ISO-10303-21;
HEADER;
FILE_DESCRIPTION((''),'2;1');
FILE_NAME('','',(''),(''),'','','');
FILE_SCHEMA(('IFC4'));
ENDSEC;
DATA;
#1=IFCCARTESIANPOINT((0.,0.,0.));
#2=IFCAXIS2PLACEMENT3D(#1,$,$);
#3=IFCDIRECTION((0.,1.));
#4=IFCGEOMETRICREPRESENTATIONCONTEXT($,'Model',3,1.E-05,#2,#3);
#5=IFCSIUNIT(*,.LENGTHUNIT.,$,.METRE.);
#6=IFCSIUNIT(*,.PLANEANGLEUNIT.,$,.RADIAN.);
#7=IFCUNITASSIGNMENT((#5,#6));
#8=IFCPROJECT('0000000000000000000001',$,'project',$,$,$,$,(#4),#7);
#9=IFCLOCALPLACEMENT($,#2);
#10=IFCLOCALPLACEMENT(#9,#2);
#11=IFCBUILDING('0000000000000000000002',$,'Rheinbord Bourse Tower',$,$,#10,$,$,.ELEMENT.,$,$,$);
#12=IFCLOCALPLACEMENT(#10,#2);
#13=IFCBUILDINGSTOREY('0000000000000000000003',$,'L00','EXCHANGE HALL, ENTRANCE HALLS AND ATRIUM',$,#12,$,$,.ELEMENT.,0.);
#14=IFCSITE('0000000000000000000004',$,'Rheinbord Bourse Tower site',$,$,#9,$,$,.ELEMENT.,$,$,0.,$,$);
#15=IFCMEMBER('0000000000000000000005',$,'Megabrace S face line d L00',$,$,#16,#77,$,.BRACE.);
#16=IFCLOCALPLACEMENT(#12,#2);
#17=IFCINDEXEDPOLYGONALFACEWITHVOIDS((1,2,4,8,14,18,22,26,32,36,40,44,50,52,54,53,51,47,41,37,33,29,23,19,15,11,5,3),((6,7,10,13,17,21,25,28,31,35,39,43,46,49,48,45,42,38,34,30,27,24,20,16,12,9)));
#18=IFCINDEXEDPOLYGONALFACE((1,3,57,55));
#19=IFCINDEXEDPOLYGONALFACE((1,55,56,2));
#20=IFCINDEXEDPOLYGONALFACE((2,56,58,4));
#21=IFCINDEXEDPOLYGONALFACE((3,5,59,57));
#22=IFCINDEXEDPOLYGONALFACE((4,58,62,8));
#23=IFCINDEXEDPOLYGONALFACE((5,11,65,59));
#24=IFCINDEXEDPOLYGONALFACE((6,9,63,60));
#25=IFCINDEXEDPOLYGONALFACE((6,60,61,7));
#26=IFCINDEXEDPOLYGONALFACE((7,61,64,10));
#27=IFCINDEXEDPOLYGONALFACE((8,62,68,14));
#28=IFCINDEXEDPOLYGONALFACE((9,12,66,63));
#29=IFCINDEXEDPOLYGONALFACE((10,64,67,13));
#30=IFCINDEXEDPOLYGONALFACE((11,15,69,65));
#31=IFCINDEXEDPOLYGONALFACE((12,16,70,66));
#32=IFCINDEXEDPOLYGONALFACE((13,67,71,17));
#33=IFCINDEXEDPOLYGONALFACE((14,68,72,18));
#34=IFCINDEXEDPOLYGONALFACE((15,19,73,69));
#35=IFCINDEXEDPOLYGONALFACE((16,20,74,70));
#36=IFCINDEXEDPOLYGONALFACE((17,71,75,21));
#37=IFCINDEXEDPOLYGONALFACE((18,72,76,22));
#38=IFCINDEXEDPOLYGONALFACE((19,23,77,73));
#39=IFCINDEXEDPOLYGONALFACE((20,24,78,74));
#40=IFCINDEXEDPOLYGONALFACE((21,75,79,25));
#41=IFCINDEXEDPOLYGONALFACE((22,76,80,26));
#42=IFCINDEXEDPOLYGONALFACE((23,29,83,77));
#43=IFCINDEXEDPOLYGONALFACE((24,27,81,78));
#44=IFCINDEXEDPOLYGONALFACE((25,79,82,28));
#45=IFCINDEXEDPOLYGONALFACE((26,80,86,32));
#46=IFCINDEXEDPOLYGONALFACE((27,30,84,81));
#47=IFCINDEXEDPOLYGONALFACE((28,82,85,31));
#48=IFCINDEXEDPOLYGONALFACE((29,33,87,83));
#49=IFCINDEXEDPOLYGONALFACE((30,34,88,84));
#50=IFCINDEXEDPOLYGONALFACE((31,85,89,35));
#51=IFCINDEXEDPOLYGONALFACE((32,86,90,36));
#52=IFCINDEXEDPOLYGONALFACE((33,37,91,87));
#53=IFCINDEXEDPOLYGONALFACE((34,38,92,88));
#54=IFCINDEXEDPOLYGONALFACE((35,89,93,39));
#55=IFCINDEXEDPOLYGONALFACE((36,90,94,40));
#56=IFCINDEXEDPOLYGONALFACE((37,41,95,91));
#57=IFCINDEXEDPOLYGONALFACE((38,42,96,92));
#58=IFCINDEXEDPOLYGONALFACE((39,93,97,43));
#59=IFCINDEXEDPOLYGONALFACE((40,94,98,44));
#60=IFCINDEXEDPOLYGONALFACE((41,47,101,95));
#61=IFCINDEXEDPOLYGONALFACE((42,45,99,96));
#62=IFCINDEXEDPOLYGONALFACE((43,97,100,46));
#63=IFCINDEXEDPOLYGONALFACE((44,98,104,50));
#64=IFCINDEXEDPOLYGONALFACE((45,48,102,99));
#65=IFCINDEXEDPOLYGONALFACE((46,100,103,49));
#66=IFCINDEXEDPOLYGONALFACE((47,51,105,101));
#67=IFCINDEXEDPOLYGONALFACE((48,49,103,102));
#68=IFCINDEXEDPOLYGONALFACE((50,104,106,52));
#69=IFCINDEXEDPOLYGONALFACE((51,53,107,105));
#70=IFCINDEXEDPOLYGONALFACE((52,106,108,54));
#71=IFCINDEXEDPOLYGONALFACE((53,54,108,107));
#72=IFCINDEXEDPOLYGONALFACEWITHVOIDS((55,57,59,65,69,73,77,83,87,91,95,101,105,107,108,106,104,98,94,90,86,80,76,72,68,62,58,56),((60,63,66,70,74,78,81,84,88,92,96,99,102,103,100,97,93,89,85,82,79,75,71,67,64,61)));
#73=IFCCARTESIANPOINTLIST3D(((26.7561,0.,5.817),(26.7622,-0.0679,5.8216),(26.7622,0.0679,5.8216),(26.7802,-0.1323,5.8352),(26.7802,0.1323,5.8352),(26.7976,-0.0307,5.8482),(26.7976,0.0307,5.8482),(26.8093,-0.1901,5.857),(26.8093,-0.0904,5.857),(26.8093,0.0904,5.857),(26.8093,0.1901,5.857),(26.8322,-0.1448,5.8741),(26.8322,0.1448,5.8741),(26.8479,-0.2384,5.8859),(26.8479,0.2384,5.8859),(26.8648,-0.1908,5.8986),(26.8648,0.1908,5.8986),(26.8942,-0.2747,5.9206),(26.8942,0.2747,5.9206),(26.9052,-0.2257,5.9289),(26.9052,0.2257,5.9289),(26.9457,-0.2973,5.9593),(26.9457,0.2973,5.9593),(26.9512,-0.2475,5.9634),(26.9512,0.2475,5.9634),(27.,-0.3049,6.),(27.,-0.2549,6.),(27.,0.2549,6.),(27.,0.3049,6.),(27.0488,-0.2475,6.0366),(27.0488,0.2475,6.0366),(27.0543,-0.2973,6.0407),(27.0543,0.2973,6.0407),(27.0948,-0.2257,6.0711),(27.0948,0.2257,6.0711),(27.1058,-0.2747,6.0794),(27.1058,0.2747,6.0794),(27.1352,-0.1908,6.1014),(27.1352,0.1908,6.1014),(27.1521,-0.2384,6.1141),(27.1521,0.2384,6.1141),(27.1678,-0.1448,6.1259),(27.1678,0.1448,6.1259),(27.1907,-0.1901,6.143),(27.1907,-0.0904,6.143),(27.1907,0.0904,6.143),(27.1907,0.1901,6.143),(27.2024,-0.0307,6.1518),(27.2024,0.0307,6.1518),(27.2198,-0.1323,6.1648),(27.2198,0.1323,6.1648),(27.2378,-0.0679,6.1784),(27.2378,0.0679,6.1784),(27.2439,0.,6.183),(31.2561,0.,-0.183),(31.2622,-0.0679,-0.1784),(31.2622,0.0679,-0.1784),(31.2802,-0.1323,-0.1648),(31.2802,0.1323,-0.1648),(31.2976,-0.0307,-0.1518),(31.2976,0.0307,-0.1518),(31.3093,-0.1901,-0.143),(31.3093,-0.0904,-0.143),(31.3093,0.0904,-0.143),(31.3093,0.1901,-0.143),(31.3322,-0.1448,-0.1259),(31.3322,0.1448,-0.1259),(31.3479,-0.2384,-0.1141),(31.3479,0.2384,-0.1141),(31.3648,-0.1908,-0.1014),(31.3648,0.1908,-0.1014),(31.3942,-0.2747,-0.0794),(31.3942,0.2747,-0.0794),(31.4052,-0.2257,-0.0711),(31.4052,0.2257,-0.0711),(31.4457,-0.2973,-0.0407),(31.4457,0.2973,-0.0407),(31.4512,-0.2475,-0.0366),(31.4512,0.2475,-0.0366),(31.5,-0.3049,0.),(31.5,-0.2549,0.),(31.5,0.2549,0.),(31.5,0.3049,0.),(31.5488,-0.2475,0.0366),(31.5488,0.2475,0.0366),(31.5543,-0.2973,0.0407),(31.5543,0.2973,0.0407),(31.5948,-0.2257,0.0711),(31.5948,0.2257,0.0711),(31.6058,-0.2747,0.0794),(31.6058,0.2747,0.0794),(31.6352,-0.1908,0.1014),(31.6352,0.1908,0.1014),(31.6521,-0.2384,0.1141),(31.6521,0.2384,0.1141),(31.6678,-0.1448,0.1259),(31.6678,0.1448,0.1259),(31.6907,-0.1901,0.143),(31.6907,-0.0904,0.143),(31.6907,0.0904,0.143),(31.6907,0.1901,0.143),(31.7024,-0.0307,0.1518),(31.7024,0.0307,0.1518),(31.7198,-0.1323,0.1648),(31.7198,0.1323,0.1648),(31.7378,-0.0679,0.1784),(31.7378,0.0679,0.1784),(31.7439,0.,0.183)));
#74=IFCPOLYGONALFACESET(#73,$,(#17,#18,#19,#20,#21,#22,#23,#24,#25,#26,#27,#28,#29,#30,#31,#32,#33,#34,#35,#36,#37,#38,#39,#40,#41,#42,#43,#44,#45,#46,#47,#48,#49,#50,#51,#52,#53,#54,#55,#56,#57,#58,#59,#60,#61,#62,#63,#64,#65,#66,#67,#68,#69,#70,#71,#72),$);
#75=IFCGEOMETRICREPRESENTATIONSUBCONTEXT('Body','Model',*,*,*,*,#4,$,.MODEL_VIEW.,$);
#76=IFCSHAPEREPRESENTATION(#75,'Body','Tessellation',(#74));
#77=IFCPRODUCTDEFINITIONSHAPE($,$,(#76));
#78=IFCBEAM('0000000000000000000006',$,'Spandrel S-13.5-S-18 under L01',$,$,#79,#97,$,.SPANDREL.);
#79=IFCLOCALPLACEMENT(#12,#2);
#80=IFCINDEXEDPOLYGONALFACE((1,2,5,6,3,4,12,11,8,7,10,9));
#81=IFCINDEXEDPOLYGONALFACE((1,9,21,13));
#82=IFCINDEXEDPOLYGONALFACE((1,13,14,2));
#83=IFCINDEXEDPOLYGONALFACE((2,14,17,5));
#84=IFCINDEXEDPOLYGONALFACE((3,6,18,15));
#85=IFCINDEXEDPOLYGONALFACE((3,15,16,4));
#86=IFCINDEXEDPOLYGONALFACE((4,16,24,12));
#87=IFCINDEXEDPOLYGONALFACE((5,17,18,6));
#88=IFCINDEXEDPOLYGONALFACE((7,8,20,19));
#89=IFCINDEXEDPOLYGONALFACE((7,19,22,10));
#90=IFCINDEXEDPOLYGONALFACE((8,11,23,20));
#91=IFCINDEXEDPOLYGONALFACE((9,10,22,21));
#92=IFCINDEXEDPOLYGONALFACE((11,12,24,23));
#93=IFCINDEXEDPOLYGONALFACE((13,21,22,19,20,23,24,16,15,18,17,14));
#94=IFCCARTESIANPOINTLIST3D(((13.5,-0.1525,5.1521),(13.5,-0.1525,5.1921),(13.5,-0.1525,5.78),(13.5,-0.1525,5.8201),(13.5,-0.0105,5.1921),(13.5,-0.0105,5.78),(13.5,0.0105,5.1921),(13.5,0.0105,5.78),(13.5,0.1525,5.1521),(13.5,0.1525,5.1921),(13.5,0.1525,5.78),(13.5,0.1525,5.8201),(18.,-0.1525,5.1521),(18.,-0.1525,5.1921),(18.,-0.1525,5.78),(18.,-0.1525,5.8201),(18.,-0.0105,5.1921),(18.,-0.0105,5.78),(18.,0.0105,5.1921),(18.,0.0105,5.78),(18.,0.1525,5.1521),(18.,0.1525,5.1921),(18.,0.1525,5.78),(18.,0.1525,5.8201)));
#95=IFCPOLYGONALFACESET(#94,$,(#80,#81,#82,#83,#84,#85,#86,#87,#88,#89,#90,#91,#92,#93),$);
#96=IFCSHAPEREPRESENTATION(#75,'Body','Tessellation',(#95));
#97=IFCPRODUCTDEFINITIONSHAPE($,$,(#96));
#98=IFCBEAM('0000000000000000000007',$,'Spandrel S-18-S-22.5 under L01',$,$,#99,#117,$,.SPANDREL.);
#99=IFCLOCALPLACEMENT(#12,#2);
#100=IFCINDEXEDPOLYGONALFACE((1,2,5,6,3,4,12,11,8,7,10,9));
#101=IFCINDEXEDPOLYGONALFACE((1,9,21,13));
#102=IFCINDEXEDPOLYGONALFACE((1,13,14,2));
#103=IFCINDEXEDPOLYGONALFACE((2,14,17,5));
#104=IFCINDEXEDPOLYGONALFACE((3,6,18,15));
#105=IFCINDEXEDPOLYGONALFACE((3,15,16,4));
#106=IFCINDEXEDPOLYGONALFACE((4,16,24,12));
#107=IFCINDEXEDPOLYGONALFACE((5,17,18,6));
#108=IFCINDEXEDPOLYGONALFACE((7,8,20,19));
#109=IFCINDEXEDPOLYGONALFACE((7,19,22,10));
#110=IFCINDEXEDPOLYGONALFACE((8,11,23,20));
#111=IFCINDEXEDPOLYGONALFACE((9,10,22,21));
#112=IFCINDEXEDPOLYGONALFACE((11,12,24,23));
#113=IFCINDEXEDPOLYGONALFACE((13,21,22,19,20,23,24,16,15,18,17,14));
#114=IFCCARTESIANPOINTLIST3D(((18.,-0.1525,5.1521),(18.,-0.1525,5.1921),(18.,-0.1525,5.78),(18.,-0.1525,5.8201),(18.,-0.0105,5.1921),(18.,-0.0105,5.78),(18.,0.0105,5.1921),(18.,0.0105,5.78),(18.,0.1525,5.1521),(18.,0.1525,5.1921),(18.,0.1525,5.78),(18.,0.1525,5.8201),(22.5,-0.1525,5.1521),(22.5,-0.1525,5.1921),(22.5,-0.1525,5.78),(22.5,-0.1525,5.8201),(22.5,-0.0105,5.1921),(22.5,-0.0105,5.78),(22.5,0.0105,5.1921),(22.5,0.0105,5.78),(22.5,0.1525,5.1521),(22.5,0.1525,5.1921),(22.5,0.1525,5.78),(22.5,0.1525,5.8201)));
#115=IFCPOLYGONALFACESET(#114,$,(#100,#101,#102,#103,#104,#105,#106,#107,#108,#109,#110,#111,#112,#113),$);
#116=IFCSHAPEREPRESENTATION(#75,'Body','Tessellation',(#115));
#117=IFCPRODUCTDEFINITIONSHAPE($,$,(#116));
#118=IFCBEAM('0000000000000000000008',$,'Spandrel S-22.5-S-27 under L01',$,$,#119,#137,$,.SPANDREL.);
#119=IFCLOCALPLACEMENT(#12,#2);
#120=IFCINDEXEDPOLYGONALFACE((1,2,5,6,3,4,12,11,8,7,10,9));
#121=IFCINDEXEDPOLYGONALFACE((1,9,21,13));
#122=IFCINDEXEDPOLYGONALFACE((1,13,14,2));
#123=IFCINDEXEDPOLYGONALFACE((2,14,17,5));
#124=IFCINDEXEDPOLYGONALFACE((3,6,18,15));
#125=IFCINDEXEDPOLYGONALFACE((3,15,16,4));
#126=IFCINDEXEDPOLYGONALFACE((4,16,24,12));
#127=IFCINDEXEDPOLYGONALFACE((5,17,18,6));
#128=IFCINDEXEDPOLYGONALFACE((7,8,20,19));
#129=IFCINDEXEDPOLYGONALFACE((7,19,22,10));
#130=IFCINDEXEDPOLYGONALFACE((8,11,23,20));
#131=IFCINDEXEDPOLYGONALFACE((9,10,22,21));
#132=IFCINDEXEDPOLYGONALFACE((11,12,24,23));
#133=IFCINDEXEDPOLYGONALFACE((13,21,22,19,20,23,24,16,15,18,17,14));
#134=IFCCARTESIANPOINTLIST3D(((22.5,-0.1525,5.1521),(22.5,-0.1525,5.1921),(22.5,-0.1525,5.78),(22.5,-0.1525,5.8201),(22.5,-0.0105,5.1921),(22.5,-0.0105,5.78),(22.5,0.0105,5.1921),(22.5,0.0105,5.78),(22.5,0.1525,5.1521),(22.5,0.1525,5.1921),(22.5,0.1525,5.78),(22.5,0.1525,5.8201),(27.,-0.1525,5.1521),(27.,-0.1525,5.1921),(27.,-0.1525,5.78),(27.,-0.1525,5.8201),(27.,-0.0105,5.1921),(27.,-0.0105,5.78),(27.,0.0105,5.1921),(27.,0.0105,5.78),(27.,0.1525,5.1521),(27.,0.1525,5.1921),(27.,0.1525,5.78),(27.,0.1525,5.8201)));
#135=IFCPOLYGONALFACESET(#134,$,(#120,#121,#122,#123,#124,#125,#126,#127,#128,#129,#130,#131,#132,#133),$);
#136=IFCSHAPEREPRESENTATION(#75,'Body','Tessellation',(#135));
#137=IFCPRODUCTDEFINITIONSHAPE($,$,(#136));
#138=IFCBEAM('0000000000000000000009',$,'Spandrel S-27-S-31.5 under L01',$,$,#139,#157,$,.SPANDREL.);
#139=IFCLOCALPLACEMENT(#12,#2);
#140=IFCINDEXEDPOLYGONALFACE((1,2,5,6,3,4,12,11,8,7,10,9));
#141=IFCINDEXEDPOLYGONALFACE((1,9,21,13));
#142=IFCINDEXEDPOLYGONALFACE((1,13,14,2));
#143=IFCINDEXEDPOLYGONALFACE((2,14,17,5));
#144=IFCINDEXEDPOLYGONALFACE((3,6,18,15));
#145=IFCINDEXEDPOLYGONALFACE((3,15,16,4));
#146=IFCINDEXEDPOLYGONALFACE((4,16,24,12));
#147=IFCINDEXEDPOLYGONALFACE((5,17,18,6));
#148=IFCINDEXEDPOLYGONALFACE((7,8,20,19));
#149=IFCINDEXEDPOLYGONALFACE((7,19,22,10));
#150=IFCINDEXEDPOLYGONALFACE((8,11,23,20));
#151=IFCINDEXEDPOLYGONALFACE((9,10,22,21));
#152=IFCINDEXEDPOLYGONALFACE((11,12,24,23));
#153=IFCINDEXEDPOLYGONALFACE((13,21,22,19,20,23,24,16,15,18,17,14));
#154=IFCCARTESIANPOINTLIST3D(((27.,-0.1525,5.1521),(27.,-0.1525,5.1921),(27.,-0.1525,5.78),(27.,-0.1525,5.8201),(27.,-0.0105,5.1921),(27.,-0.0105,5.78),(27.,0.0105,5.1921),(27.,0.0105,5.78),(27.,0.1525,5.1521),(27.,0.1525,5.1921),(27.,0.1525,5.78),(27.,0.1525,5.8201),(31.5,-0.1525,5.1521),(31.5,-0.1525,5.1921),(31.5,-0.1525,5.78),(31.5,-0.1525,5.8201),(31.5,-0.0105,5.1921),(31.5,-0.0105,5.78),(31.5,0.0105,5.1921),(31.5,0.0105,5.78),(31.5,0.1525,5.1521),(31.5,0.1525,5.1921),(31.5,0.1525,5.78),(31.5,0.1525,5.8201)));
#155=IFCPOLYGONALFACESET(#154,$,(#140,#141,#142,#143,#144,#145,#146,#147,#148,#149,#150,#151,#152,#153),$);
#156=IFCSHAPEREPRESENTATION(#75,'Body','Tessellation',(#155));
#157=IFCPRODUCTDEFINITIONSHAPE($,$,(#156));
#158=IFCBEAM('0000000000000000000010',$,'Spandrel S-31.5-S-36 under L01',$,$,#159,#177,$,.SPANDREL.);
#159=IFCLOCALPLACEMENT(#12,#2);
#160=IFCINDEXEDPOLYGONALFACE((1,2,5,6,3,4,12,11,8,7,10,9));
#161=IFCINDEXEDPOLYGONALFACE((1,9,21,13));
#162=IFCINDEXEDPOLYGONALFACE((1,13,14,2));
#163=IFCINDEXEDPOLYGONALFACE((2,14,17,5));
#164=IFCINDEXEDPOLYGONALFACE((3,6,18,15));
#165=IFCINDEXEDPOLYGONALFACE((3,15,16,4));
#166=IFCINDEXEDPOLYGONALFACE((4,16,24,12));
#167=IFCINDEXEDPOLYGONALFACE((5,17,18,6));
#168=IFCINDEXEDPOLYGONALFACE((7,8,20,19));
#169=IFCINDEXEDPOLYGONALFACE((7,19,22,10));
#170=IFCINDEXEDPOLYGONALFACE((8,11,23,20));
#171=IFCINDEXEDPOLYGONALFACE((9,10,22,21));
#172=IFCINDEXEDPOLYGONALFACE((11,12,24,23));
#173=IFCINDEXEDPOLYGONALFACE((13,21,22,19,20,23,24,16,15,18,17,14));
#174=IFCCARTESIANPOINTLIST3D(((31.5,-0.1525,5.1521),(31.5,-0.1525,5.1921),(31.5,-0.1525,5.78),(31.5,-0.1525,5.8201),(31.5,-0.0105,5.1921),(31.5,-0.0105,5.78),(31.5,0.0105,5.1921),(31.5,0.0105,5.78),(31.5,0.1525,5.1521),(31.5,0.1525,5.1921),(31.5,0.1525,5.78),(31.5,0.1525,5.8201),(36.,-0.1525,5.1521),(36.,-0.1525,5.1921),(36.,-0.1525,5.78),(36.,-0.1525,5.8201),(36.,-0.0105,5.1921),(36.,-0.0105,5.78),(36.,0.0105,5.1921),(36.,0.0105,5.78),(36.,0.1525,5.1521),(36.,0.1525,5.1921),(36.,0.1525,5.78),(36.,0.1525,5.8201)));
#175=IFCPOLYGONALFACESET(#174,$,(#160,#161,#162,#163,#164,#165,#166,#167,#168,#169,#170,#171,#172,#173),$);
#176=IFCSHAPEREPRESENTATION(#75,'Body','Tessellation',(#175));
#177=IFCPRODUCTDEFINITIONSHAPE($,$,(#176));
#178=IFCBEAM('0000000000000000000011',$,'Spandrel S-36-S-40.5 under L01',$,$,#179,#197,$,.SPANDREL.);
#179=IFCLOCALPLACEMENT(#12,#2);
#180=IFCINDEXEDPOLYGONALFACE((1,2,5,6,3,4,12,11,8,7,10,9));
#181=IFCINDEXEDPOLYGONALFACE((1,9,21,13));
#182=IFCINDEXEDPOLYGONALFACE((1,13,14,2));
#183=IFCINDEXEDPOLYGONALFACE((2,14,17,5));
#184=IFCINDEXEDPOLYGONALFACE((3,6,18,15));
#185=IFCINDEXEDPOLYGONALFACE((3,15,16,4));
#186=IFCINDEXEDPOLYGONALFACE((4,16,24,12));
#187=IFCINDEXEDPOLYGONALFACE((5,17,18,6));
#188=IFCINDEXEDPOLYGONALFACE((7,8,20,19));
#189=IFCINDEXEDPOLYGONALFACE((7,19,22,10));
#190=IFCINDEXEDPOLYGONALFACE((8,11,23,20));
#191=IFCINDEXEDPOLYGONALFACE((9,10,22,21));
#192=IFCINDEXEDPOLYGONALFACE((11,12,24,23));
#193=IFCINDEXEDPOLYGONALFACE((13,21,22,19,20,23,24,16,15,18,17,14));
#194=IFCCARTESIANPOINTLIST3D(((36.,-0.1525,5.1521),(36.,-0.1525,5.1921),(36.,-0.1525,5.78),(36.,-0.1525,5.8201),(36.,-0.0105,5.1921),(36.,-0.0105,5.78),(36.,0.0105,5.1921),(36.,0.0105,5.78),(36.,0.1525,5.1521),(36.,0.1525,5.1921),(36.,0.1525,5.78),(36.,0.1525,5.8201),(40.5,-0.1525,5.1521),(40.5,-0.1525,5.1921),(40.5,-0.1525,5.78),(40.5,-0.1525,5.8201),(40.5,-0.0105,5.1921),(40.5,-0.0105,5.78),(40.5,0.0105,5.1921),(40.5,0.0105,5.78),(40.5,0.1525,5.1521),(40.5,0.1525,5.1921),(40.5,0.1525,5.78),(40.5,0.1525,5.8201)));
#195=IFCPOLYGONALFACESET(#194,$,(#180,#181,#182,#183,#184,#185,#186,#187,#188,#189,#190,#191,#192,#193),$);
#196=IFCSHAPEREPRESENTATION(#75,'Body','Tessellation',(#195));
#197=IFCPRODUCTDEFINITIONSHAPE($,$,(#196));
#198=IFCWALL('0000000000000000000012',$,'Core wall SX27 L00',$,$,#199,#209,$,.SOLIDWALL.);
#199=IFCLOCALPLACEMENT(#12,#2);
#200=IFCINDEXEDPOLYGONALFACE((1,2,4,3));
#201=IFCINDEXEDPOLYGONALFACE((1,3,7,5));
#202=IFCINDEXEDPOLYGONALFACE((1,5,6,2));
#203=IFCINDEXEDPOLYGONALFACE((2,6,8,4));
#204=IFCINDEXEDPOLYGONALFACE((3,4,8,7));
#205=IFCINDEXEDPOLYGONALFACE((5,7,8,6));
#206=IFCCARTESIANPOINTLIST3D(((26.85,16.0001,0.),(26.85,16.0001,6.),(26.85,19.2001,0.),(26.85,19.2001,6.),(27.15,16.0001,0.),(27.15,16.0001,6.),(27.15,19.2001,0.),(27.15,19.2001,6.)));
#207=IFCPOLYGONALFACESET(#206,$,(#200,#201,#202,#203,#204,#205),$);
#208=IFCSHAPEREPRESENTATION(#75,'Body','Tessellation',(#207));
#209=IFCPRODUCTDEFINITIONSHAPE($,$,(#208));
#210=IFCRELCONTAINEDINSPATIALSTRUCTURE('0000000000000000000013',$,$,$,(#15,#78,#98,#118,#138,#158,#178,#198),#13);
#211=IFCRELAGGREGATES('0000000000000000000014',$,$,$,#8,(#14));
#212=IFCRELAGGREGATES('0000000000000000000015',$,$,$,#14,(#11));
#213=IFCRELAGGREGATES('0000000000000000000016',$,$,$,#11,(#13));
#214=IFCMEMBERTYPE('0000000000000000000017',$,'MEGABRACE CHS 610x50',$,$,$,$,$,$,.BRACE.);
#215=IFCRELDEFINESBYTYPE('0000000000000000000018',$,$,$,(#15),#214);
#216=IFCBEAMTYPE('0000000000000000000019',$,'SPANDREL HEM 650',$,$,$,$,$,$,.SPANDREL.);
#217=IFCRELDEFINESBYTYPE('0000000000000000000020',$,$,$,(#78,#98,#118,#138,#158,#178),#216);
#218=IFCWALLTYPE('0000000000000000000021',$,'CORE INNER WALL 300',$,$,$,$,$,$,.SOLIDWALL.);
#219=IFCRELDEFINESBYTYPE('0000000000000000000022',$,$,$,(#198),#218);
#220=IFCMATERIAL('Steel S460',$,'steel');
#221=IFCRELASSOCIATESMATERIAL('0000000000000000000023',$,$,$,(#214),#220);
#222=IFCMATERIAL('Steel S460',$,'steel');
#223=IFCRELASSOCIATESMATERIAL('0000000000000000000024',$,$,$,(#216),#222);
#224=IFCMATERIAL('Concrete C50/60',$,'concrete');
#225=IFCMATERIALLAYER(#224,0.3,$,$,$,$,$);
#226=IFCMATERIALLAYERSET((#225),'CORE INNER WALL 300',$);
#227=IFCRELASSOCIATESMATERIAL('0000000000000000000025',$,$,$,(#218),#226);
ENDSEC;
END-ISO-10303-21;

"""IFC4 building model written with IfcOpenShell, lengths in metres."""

from ifc_helpers import new_model, si_unit, direction, frame, frame_2d, origin, origin_2d, place, context, subcontext, project, spatial, rectangle, hollow_circle, i_section, extrude, material, layer, layer_set, material_profile, profile_set, type_object, element, save


model = new_model("IFC4")

# Units and contexts
model_context = context("Model", 3, precision=1e-05, world=origin(), true_north=direction((0.0, 1.0)))
body_context = subcontext(model_context, "Body", "Model", "MODEL_VIEW")
ifc_project = project(units=[si_unit("LENGTHUNIT", "METRE"), si_unit("PLANEANGLEUNIT", "RADIAN")], contexts=[model_context])

# Site, building, storey
site_placement = place(None, origin())
site = spatial("IfcSite", under=ifc_project, at=site_placement, Name="Rheinbord Bourse Tower site", CompositionType="ELEMENT", RefElevation=0.0)
building_placement = place(site_placement, origin())
building = spatial("IfcBuilding", under=site, at=building_placement, Name="Rheinbord Bourse Tower", CompositionType="ELEMENT")
storey_placement = place(building_placement, origin())
storey = spatial("IfcBuildingStorey", under=building, at=storey_placement, Name="L00", Description="EXCHANGE HALL, ENTRANCE HALLS AND ATRIUM", CompositionType="ELEMENT", Elevation=0.0)

# Member
ifc_material_1 = material(Name="Steel S460", Category="steel")
ifc_material_profile_1 = material_profile(ifc_material_1, hollow_circle(Radius=0.3049, WallThickness=0.05, at=origin_2d()), Name="CHS 610x50")
ifc_profile_set_1 = profile_set([ifc_material_profile_1], Name="Steel S460")
member_type = type_object("IfcMemberType", Name="MEGABRACE CHS 610x50", PredefinedType="BRACE", material=ifc_profile_set_1)
member_placement = place(storey_placement, frame((31.5, 0.0, 0.0), z_axis=(-0.6, 0.0, 0.8), x_axis=(0.0, -1.0, 0.0)))
element("IfcMember", 1, at=member_placement, inside=storey, type_object=member_type, Name="Megabrace S face line d L00", PredefinedType="BRACE", context=body_context, shape_type="SweptSolid", body=[
    extrude(hollow_circle(Radius=0.3049, WallThickness=0.05, at=origin_2d()), origin(), (0.0, 0.0, 1.0), 7.5),
])

# Beams
ifc_material_2 = material(Name="Steel S460", Category="steel")
ifc_material_profile_2 = material_profile(ifc_material_2, i_section(OverallWidth=0.3049, OverallDepth=0.668, WebThickness=0.021, FlangeThickness=0.04, at=origin_2d()), Name="HEM 650")
ifc_profile_set_2 = profile_set([ifc_material_profile_2], Name="Steel S460")
beam_type_1 = type_object("IfcBeamType", Name="SPANDREL HEM 650", PredefinedType="SPANDREL", material=ifc_profile_set_2)
for number, where, z_axis, x_axis, name in (
    (2, (13.5, 0.0, 5.4861), (1.0, 0.0, 0.0), (0.0, 1.0, 0.0), "Spandrel S-13.5-S-18 under L01"),
    (3, (18.0, 0.0, 5.4861), (1.0, 0.0, 0.0), (0.0, 1.0, 0.0), "Spandrel S-18-S-22.5 under L01"),
    (4, (22.5, 0.0, 5.4861), (1.0, 0.0, 0.0), (0.0, 1.0, 0.0), "Spandrel S-22.5-S-27 under L01"),
    (5, (27.0, 0.0, 5.4861), (1.0, 0.0, 0.0), (0.0, 1.0, 0.0), "Spandrel S-27-S-31.5 under L01"),
    (6, (31.5, 0.0, 5.4861), (1.0, 0.0, 0.0), (0.0, 1.0, 0.0), "Spandrel S-31.5-S-36 under L01"),
    (7, (36.0, 0.0, 5.4861), (1.0, 0.0, 0.0), (0.0, 1.0, 0.0), "Spandrel S-36-S-40.5 under L01"),
):
    element("IfcBeam", number, at=place(storey_placement, frame(where, z_axis=z_axis, x_axis=x_axis)), inside=storey, type_object=beam_type_1, Name=name, PredefinedType="SPANDREL", context=body_context, shape_type="SweptSolid", body=[
        extrude(i_section(OverallWidth=0.3049, OverallDepth=0.668, WebThickness=0.021, FlangeThickness=0.04, at=origin_2d()), origin(), (0.0, 0.0, 1.0), 4.5),
    ])

# Wall
ifc_material_3 = material(Name="Concrete C50/60", Category="concrete")
ifc_layer_1 = layer(ifc_material_3, 0.3)
ifc_layer_set_1 = layer_set([ifc_layer_1], Name="CORE INNER WALL 300")
wall_type_1 = type_object("IfcWallType", Name="CORE INNER WALL 300", PredefinedType="SOLIDWALL", material=ifc_layer_set_1)
for number, where, z_axis, x_axis, name in (
    (8, (27.0, 16.0, 0.0), (0.0, 0.0, 1.0), (0.0, 1.0, 0.0), "Core wall SX27 L00"),
):
    element("IfcWall", number, at=place(storey_placement, frame(where, z_axis=z_axis, x_axis=x_axis)), inside=storey, type_object=wall_type_1, Name=name, PredefinedType="SOLIDWALL", context=body_context, shape_type="SweptSolid", body=[
        extrude(rectangle(XDim=3.2, YDim=0.3, at=frame_2d((1.6001, 0.0))), origin(), (0.0, 0.0, 1.0), 6.0),
    ])

save(model, "model.ifc")
